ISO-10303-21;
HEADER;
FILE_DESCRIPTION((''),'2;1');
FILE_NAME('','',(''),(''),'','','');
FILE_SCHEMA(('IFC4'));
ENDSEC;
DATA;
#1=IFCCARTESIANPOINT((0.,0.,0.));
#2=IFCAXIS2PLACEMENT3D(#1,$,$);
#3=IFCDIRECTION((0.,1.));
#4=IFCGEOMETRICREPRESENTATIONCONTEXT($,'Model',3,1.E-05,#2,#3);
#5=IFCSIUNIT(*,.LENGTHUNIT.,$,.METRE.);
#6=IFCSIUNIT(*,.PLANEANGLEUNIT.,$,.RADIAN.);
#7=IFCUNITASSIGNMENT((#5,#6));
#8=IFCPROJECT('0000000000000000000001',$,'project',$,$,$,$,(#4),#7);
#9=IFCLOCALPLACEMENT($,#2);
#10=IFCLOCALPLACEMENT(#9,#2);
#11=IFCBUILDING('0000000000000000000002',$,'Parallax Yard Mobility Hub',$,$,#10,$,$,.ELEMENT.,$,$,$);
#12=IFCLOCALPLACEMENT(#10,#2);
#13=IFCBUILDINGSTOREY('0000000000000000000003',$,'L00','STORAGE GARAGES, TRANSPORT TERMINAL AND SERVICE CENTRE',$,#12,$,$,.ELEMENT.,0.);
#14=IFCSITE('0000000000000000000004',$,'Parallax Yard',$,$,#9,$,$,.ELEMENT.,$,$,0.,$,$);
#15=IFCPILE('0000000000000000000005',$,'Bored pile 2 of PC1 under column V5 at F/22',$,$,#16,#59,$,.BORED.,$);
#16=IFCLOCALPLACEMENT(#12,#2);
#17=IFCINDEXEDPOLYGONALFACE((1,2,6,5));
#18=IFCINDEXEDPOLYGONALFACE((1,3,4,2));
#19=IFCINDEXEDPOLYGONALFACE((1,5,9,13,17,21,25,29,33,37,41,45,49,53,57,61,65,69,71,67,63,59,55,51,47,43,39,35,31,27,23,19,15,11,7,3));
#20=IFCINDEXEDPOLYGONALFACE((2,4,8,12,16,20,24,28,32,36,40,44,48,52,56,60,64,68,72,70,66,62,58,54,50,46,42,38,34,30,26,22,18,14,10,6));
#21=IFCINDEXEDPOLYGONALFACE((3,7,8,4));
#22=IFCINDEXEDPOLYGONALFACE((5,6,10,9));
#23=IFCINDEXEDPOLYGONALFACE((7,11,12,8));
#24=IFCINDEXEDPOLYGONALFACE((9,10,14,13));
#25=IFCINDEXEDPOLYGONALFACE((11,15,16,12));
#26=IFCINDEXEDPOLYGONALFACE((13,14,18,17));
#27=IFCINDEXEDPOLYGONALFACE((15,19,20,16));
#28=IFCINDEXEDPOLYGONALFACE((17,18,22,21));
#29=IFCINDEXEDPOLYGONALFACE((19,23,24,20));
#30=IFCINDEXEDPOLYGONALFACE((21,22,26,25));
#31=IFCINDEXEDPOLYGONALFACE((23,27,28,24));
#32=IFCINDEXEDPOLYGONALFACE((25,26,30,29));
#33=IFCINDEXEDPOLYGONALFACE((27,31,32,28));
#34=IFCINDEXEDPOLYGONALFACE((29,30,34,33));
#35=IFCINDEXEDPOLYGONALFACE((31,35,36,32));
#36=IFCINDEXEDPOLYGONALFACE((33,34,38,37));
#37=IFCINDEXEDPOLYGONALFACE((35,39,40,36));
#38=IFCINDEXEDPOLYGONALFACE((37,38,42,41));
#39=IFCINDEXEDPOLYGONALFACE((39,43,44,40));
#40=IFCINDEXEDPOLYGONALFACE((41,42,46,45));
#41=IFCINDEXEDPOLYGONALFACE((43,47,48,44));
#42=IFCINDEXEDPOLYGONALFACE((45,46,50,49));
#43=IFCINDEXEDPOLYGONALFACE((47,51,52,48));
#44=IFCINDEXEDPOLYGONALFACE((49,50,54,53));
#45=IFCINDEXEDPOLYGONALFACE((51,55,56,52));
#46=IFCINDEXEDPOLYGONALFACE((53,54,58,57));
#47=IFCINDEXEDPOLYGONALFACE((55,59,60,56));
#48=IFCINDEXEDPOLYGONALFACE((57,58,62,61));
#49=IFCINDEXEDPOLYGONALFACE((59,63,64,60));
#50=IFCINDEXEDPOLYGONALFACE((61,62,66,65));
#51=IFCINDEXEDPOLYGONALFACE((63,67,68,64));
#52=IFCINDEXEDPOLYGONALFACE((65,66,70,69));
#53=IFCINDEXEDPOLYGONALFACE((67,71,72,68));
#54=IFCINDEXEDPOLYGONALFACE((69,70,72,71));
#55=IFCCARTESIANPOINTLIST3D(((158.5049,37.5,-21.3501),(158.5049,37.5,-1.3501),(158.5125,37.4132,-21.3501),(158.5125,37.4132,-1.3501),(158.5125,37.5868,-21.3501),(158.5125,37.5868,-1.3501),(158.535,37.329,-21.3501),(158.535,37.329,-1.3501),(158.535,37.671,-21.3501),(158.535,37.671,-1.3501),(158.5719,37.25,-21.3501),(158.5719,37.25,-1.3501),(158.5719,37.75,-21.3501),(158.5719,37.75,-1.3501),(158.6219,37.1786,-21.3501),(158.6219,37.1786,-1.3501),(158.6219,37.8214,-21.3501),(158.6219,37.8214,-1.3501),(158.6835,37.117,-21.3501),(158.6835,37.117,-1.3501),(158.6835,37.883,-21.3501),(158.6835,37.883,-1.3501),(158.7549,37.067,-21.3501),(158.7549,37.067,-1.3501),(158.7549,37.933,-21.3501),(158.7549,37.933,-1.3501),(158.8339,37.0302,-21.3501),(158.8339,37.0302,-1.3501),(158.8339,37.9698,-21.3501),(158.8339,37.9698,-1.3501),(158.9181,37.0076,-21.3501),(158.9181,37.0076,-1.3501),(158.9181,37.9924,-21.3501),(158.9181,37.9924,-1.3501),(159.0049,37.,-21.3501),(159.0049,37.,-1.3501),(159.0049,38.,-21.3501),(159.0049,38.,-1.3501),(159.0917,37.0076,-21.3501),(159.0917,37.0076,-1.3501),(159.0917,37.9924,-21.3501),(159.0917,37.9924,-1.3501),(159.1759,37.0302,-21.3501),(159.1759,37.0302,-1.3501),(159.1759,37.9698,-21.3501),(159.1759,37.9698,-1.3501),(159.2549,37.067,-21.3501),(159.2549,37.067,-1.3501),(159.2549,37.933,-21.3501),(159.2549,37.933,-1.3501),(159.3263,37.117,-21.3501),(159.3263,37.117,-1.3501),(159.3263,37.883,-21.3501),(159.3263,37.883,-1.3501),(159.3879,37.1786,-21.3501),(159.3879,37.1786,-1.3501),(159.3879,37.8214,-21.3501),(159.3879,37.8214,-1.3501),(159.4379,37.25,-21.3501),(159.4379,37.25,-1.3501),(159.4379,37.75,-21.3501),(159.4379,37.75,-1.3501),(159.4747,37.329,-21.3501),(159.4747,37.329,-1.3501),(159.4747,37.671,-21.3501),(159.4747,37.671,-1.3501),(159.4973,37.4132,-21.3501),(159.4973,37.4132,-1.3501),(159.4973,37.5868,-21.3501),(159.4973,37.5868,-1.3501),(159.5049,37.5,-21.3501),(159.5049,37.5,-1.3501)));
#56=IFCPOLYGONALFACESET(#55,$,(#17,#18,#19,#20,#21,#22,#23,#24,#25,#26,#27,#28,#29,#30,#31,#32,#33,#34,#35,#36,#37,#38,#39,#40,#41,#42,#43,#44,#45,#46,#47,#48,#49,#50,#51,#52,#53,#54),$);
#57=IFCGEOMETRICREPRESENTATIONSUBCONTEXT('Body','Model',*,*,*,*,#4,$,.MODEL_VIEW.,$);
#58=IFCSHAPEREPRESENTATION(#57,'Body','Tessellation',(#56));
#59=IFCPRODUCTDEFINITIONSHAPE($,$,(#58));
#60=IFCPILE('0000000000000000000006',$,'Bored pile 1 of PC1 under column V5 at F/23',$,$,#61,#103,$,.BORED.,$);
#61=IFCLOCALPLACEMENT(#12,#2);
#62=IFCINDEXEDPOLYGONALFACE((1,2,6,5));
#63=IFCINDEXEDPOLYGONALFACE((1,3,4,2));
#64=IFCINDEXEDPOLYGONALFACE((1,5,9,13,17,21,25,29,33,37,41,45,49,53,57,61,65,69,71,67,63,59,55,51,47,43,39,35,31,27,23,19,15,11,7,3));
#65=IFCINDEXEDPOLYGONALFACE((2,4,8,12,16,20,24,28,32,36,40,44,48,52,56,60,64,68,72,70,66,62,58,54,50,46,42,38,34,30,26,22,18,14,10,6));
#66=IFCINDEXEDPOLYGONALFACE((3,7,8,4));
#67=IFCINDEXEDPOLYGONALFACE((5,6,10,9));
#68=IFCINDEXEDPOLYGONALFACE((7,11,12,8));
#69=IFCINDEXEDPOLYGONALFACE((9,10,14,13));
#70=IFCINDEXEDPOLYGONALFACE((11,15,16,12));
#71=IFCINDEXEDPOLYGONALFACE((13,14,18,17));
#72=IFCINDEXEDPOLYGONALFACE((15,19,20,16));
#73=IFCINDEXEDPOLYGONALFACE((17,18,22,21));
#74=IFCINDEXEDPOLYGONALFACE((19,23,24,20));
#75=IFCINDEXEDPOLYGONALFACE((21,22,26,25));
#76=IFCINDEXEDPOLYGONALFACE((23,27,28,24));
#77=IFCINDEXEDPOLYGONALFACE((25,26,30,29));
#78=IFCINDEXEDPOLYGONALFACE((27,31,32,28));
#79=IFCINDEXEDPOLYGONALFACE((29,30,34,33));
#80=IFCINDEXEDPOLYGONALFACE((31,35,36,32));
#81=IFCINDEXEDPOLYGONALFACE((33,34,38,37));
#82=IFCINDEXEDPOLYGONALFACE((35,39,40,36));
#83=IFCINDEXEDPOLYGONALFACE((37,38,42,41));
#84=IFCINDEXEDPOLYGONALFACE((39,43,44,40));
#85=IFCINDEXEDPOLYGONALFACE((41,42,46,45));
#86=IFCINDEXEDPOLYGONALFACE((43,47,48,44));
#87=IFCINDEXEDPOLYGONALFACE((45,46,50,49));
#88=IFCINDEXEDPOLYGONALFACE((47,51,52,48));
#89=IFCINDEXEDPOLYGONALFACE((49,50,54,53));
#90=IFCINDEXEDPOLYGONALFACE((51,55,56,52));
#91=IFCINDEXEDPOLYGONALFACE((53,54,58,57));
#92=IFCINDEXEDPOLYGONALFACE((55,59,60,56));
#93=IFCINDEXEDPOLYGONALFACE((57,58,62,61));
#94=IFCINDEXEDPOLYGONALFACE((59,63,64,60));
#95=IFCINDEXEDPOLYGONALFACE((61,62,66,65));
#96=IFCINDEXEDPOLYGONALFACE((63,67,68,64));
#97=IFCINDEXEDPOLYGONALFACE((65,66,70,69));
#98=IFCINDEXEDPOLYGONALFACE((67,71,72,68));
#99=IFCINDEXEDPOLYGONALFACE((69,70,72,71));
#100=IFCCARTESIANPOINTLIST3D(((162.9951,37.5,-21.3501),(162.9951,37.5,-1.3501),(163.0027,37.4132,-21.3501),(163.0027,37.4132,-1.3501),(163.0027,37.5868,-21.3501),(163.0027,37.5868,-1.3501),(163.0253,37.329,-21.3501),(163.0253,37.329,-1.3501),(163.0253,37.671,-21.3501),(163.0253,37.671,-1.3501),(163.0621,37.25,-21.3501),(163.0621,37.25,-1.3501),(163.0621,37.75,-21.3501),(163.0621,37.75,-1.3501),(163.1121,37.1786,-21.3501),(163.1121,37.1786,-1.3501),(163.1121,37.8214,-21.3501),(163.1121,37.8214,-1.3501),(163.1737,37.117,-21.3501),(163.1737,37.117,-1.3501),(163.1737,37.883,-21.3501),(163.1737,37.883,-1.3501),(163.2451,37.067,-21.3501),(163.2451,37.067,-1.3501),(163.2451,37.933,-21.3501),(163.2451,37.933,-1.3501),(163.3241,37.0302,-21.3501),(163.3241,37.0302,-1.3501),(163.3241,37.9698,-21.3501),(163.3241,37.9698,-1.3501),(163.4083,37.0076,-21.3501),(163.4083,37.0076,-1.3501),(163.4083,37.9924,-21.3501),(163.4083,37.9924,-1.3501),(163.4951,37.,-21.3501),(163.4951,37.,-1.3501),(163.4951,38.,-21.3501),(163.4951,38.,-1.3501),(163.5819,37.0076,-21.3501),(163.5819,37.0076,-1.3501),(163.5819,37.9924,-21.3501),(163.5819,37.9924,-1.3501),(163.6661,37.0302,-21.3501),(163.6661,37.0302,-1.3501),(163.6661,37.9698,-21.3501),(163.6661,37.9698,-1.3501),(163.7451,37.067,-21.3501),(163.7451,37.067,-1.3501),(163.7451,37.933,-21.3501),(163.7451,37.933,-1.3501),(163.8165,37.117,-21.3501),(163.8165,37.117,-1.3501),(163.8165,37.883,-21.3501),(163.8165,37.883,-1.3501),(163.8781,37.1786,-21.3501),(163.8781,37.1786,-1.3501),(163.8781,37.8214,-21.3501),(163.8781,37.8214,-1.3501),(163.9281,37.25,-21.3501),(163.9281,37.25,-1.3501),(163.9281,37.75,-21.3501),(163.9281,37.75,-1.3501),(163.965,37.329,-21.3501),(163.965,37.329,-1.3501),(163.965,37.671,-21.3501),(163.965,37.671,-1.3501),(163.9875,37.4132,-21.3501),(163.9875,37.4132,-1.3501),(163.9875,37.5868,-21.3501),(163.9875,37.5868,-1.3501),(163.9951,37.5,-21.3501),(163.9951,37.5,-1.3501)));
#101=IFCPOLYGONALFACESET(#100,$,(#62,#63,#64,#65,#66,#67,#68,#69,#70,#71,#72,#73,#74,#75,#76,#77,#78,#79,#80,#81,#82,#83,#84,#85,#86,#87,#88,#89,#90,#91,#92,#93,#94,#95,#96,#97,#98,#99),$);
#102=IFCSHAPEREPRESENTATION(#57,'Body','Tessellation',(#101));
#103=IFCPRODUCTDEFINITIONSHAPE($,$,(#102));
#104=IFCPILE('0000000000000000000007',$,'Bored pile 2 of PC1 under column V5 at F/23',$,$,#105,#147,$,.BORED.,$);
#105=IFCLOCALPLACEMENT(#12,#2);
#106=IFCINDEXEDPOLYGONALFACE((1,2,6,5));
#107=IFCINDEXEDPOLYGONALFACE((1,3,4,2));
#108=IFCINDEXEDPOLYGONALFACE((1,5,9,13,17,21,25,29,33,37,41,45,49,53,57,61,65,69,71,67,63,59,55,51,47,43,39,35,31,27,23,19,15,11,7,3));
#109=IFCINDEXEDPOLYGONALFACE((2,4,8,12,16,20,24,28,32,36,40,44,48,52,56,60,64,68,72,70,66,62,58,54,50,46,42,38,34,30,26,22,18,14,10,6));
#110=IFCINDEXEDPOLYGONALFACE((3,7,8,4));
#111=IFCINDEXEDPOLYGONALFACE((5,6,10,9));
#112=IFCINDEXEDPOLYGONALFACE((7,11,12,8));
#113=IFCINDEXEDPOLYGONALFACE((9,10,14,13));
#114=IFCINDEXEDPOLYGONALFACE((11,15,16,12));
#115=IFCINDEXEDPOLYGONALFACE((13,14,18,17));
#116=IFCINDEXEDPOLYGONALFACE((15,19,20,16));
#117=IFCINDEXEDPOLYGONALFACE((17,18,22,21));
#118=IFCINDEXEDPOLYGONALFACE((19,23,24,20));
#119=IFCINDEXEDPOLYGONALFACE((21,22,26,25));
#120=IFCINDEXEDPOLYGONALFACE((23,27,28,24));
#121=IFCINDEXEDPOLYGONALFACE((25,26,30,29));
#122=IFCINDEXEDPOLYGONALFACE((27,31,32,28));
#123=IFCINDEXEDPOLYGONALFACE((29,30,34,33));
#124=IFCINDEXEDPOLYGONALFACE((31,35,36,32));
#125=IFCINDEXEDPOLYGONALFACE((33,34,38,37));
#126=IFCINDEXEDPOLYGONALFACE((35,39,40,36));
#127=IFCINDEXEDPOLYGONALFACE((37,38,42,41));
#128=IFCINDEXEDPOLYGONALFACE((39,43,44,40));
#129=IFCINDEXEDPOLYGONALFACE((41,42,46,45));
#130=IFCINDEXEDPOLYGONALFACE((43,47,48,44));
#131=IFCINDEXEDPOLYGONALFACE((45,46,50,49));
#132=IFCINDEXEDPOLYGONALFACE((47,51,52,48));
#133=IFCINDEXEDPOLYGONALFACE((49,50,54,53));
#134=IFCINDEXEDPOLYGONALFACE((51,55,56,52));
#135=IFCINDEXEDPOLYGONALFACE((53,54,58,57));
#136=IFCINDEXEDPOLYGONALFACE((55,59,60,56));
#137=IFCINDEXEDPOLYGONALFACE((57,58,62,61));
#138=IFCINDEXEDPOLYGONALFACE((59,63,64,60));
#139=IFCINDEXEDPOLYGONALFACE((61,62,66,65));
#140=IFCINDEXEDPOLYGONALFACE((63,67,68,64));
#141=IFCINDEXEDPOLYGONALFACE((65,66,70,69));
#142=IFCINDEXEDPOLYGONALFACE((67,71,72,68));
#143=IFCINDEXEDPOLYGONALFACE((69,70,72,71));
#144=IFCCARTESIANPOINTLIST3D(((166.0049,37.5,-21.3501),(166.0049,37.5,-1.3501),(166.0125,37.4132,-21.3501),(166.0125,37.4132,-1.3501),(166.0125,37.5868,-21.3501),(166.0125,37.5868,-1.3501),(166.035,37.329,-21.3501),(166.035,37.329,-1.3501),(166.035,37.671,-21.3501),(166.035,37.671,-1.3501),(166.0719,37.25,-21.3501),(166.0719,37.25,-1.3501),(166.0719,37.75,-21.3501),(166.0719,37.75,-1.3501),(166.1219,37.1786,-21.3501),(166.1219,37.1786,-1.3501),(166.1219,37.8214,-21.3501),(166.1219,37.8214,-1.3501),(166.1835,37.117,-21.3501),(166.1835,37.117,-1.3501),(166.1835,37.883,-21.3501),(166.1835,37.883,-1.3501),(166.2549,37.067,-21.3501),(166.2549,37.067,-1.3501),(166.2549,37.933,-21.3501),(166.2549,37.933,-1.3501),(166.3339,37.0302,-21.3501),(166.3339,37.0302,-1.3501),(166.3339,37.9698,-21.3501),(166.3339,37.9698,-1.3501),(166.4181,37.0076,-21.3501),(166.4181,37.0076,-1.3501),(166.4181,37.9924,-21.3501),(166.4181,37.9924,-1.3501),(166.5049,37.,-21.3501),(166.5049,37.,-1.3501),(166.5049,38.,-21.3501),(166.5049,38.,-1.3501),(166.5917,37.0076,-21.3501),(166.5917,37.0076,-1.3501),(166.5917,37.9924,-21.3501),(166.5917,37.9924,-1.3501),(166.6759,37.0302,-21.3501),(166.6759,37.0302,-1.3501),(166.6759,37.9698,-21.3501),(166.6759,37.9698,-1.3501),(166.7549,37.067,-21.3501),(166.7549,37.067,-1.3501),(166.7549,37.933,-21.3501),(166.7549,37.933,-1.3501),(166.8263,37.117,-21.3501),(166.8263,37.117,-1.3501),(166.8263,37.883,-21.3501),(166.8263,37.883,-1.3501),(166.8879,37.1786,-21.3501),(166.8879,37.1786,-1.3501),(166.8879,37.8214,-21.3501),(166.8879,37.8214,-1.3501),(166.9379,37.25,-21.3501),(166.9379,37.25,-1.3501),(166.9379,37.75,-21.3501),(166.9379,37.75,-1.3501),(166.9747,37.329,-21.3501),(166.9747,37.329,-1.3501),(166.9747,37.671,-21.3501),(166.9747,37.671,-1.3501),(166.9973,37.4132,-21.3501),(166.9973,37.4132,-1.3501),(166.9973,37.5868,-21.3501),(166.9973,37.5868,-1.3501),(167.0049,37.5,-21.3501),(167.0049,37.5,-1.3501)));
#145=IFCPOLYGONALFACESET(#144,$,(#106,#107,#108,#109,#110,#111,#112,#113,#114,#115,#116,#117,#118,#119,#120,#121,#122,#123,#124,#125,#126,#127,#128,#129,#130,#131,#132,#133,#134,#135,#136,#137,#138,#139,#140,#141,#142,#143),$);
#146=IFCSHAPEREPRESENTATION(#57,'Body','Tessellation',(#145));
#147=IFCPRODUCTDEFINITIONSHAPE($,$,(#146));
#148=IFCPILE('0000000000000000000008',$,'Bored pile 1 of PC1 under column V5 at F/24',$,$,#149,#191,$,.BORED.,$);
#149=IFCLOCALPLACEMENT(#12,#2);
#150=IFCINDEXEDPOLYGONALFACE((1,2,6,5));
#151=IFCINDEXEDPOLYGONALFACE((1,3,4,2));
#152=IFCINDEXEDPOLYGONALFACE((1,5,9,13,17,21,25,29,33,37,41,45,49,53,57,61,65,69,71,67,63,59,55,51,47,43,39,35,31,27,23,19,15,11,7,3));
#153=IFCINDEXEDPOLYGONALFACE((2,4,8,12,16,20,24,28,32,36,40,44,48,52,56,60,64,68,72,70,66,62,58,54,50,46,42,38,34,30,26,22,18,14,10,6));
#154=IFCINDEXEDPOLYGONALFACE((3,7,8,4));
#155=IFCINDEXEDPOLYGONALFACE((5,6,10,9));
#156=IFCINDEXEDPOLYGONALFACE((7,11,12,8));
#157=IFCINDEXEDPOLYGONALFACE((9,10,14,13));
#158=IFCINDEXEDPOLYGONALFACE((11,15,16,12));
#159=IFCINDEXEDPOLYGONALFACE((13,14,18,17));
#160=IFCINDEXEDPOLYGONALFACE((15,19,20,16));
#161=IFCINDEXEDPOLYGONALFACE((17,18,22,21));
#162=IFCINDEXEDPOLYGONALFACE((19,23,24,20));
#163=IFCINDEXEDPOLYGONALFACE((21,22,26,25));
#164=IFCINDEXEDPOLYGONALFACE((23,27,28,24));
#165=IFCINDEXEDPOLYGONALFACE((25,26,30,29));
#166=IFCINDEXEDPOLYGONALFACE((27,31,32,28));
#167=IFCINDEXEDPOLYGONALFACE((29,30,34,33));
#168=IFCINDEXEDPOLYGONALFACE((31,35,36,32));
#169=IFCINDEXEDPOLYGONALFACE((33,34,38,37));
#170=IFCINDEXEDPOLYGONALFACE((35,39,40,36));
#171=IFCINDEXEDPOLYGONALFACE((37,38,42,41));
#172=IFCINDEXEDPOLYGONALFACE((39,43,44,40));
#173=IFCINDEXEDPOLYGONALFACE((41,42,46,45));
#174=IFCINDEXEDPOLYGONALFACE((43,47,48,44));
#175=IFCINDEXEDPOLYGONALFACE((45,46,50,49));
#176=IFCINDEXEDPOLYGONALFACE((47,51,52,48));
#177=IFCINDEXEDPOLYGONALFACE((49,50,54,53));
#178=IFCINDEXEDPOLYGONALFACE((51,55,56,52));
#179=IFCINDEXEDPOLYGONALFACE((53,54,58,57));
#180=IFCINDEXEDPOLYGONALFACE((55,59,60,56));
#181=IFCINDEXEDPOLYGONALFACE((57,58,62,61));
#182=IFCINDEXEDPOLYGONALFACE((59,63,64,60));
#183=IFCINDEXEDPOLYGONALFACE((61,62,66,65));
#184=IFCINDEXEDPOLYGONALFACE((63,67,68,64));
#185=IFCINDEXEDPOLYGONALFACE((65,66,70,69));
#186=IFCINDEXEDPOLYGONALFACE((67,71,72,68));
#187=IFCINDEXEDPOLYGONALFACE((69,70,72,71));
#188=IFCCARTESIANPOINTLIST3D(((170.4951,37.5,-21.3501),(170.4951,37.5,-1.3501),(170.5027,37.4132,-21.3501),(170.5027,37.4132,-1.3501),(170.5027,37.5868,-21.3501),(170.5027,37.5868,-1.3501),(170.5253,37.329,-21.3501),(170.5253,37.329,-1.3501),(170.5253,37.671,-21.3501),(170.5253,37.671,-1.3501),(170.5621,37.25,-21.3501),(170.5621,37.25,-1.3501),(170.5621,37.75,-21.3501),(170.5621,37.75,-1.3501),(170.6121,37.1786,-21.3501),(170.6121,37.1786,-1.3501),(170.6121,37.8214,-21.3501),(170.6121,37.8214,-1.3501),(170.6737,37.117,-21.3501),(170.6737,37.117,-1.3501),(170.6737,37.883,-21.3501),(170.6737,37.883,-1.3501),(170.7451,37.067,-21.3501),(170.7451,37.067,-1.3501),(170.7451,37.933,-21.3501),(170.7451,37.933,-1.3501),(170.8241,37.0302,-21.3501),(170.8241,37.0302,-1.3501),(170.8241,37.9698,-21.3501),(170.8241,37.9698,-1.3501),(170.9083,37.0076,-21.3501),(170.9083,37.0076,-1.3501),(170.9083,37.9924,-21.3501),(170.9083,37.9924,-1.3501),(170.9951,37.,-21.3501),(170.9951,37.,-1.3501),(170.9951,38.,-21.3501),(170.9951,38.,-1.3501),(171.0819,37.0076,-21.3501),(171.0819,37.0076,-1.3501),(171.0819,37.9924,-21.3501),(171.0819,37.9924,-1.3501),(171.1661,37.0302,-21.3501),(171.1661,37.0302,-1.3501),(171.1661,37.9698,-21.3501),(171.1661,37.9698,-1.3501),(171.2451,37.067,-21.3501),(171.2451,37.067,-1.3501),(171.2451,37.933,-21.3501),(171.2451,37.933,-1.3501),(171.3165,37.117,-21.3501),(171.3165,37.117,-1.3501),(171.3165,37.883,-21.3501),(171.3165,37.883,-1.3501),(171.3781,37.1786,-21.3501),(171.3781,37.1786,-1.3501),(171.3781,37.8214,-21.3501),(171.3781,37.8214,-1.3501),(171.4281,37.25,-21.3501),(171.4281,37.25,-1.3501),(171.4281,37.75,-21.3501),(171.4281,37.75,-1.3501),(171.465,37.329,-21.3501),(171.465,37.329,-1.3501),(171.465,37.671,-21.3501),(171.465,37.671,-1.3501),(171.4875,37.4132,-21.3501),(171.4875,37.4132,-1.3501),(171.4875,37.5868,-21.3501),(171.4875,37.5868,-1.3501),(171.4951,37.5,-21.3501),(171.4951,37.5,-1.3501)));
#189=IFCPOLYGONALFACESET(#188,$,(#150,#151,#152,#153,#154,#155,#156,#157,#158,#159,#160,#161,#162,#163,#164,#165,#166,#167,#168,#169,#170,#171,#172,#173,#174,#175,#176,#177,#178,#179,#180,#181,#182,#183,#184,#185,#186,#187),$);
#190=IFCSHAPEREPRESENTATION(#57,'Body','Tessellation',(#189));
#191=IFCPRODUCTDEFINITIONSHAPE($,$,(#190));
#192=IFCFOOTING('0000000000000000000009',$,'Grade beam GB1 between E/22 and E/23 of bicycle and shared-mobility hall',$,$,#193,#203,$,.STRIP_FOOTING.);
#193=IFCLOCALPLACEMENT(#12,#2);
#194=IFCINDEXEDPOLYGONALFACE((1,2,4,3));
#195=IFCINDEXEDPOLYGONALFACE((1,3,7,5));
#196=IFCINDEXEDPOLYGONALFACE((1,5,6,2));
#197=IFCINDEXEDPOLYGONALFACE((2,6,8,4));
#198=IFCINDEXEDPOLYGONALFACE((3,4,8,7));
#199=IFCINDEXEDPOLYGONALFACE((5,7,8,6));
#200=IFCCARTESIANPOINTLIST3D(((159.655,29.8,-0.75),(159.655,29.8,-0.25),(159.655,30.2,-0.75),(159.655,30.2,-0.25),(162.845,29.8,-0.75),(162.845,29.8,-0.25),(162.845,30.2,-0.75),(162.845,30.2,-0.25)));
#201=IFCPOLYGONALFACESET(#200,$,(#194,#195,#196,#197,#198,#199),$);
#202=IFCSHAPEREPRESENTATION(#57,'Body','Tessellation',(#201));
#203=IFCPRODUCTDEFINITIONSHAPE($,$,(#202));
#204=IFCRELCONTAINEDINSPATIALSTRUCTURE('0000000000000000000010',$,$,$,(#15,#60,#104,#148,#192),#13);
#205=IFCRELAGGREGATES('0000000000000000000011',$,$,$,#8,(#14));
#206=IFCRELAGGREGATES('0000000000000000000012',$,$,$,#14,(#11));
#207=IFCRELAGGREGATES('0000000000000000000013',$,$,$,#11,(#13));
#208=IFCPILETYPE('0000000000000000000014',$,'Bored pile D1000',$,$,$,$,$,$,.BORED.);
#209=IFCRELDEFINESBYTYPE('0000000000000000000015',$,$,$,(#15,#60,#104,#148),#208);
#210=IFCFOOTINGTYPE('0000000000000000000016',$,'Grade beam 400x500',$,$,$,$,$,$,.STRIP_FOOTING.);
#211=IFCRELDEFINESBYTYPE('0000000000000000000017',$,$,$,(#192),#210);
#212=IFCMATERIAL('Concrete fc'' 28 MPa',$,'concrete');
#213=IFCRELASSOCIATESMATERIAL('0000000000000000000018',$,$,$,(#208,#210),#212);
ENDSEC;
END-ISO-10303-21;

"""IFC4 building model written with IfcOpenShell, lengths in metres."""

from ifc_helpers import new_model, si_unit, direction, frame, origin, origin_2d, place, context, subcontext, project, spatial, rectangle, circle, extrude, material, material_profile, profile_set, type_object, element, save


model = new_model("IFC4")

# Units and contexts
model_context = context("Model", 3, precision=1e-05, world=origin(), true_north=direction((0.0, 1.0)))
body_context = subcontext(model_context, "Body", "Model", "MODEL_VIEW")
ifc_project = project(units=[si_unit("LENGTHUNIT", "METRE"), si_unit("PLANEANGLEUNIT", "RADIAN")], contexts=[model_context])

# Site, building, storey
site_placement = place(None, origin())
site = spatial("IfcSite", under=ifc_project, at=site_placement, Name="Parallax Yard", CompositionType="ELEMENT", RefElevation=0.0)
building_placement = place(site_placement, origin())
building = spatial("IfcBuilding", under=site, at=building_placement, Name="Parallax Yard Mobility Hub", CompositionType="ELEMENT")
storey_placement = place(building_placement, origin())
storey = spatial("IfcBuildingStorey", under=building, at=storey_placement, Name="L00", Description="STORAGE GARAGES, TRANSPORT TERMINAL AND SERVICE CENTRE", CompositionType="ELEMENT", Elevation=0.0)

# Piles
ifc_material_1 = material(Name="Concrete fc' 28 MPa", Category="concrete")
ifc_material_profile_1 = material_profile(ifc_material_1, circle(Radius=0.5, at=origin_2d()), Name="Bored pile D1000")
ifc_profile_set_1 = profile_set([ifc_material_profile_1], Name="Concrete fc' 28 MPa")
pile_type = type_object("IfcPileType", Name="Bored pile D1000", PredefinedType="BORED", material=ifc_profile_set_1)
for number, where, z_axis, x_axis, name in (
    (1, (159.0049, 37.5, -1.3501), (0.0, 0.0, -1.0), (1.0, 0.0, 0.0), "Bored pile 2 of PC1 under column V5 at F/22"),
    (2, (163.4951, 37.5, -1.3501), (0.0, 0.0, -1.0), (1.0, 0.0, 0.0), "Bored pile 1 of PC1 under column V5 at F/23"),
    (3, (166.5049, 37.5, -1.3501), (0.0, 0.0, -1.0), (1.0, 0.0, 0.0), "Bored pile 2 of PC1 under column V5 at F/23"),
    (4, (170.9951, 37.5, -1.3501), (0.0, 0.0, -1.0), (1.0, 0.0, 0.0), "Bored pile 1 of PC1 under column V5 at F/24"),
):
    element("IfcPile", number, at=place(storey_placement, frame(where, z_axis=z_axis, x_axis=x_axis)), inside=storey, type_object=pile_type, Name=name, PredefinedType="BORED", context=body_context, shape_type="SweptSolid", body=[
        extrude(circle(Radius=0.5, at=origin_2d()), origin(), (0.0, 0.0, 1.0), 20.0),
    ])

# Footing
ifc_material_profile_2 = material_profile(ifc_material_1, rectangle(XDim=0.3999, YDim=0.5, at=origin_2d()), Name="Grade beam 400x500")
ifc_profile_set_2 = profile_set([ifc_material_profile_2], Name="Concrete fc' 28 MPa")
footing_type_1 = type_object("IfcFootingType", Name="Grade beam 400x500", PredefinedType="STRIP_FOOTING", material=ifc_profile_set_2)
for number, where, z_axis, x_axis, name in (
    (5, (159.655, 30.0, -0.5), (1.0, 0.0, 0.0), (0.0, 1.0, 0.0), "Grade beam GB1 between E/22 and E/23 of bicycle and shared-mobility hall"),
):
    element("IfcFooting", number, at=place(storey_placement, frame(where, z_axis=z_axis, x_axis=x_axis)), inside=storey, type_object=footing_type_1, Name=name, PredefinedType="STRIP_FOOTING", context=body_context, shape_type="SweptSolid", body=[
        extrude(rectangle(XDim=0.3999, YDim=0.5, at=origin_2d()), origin(), (0.0, 0.0, 1.0), 3.1899),
    ])

save(model, "model.ifc")
